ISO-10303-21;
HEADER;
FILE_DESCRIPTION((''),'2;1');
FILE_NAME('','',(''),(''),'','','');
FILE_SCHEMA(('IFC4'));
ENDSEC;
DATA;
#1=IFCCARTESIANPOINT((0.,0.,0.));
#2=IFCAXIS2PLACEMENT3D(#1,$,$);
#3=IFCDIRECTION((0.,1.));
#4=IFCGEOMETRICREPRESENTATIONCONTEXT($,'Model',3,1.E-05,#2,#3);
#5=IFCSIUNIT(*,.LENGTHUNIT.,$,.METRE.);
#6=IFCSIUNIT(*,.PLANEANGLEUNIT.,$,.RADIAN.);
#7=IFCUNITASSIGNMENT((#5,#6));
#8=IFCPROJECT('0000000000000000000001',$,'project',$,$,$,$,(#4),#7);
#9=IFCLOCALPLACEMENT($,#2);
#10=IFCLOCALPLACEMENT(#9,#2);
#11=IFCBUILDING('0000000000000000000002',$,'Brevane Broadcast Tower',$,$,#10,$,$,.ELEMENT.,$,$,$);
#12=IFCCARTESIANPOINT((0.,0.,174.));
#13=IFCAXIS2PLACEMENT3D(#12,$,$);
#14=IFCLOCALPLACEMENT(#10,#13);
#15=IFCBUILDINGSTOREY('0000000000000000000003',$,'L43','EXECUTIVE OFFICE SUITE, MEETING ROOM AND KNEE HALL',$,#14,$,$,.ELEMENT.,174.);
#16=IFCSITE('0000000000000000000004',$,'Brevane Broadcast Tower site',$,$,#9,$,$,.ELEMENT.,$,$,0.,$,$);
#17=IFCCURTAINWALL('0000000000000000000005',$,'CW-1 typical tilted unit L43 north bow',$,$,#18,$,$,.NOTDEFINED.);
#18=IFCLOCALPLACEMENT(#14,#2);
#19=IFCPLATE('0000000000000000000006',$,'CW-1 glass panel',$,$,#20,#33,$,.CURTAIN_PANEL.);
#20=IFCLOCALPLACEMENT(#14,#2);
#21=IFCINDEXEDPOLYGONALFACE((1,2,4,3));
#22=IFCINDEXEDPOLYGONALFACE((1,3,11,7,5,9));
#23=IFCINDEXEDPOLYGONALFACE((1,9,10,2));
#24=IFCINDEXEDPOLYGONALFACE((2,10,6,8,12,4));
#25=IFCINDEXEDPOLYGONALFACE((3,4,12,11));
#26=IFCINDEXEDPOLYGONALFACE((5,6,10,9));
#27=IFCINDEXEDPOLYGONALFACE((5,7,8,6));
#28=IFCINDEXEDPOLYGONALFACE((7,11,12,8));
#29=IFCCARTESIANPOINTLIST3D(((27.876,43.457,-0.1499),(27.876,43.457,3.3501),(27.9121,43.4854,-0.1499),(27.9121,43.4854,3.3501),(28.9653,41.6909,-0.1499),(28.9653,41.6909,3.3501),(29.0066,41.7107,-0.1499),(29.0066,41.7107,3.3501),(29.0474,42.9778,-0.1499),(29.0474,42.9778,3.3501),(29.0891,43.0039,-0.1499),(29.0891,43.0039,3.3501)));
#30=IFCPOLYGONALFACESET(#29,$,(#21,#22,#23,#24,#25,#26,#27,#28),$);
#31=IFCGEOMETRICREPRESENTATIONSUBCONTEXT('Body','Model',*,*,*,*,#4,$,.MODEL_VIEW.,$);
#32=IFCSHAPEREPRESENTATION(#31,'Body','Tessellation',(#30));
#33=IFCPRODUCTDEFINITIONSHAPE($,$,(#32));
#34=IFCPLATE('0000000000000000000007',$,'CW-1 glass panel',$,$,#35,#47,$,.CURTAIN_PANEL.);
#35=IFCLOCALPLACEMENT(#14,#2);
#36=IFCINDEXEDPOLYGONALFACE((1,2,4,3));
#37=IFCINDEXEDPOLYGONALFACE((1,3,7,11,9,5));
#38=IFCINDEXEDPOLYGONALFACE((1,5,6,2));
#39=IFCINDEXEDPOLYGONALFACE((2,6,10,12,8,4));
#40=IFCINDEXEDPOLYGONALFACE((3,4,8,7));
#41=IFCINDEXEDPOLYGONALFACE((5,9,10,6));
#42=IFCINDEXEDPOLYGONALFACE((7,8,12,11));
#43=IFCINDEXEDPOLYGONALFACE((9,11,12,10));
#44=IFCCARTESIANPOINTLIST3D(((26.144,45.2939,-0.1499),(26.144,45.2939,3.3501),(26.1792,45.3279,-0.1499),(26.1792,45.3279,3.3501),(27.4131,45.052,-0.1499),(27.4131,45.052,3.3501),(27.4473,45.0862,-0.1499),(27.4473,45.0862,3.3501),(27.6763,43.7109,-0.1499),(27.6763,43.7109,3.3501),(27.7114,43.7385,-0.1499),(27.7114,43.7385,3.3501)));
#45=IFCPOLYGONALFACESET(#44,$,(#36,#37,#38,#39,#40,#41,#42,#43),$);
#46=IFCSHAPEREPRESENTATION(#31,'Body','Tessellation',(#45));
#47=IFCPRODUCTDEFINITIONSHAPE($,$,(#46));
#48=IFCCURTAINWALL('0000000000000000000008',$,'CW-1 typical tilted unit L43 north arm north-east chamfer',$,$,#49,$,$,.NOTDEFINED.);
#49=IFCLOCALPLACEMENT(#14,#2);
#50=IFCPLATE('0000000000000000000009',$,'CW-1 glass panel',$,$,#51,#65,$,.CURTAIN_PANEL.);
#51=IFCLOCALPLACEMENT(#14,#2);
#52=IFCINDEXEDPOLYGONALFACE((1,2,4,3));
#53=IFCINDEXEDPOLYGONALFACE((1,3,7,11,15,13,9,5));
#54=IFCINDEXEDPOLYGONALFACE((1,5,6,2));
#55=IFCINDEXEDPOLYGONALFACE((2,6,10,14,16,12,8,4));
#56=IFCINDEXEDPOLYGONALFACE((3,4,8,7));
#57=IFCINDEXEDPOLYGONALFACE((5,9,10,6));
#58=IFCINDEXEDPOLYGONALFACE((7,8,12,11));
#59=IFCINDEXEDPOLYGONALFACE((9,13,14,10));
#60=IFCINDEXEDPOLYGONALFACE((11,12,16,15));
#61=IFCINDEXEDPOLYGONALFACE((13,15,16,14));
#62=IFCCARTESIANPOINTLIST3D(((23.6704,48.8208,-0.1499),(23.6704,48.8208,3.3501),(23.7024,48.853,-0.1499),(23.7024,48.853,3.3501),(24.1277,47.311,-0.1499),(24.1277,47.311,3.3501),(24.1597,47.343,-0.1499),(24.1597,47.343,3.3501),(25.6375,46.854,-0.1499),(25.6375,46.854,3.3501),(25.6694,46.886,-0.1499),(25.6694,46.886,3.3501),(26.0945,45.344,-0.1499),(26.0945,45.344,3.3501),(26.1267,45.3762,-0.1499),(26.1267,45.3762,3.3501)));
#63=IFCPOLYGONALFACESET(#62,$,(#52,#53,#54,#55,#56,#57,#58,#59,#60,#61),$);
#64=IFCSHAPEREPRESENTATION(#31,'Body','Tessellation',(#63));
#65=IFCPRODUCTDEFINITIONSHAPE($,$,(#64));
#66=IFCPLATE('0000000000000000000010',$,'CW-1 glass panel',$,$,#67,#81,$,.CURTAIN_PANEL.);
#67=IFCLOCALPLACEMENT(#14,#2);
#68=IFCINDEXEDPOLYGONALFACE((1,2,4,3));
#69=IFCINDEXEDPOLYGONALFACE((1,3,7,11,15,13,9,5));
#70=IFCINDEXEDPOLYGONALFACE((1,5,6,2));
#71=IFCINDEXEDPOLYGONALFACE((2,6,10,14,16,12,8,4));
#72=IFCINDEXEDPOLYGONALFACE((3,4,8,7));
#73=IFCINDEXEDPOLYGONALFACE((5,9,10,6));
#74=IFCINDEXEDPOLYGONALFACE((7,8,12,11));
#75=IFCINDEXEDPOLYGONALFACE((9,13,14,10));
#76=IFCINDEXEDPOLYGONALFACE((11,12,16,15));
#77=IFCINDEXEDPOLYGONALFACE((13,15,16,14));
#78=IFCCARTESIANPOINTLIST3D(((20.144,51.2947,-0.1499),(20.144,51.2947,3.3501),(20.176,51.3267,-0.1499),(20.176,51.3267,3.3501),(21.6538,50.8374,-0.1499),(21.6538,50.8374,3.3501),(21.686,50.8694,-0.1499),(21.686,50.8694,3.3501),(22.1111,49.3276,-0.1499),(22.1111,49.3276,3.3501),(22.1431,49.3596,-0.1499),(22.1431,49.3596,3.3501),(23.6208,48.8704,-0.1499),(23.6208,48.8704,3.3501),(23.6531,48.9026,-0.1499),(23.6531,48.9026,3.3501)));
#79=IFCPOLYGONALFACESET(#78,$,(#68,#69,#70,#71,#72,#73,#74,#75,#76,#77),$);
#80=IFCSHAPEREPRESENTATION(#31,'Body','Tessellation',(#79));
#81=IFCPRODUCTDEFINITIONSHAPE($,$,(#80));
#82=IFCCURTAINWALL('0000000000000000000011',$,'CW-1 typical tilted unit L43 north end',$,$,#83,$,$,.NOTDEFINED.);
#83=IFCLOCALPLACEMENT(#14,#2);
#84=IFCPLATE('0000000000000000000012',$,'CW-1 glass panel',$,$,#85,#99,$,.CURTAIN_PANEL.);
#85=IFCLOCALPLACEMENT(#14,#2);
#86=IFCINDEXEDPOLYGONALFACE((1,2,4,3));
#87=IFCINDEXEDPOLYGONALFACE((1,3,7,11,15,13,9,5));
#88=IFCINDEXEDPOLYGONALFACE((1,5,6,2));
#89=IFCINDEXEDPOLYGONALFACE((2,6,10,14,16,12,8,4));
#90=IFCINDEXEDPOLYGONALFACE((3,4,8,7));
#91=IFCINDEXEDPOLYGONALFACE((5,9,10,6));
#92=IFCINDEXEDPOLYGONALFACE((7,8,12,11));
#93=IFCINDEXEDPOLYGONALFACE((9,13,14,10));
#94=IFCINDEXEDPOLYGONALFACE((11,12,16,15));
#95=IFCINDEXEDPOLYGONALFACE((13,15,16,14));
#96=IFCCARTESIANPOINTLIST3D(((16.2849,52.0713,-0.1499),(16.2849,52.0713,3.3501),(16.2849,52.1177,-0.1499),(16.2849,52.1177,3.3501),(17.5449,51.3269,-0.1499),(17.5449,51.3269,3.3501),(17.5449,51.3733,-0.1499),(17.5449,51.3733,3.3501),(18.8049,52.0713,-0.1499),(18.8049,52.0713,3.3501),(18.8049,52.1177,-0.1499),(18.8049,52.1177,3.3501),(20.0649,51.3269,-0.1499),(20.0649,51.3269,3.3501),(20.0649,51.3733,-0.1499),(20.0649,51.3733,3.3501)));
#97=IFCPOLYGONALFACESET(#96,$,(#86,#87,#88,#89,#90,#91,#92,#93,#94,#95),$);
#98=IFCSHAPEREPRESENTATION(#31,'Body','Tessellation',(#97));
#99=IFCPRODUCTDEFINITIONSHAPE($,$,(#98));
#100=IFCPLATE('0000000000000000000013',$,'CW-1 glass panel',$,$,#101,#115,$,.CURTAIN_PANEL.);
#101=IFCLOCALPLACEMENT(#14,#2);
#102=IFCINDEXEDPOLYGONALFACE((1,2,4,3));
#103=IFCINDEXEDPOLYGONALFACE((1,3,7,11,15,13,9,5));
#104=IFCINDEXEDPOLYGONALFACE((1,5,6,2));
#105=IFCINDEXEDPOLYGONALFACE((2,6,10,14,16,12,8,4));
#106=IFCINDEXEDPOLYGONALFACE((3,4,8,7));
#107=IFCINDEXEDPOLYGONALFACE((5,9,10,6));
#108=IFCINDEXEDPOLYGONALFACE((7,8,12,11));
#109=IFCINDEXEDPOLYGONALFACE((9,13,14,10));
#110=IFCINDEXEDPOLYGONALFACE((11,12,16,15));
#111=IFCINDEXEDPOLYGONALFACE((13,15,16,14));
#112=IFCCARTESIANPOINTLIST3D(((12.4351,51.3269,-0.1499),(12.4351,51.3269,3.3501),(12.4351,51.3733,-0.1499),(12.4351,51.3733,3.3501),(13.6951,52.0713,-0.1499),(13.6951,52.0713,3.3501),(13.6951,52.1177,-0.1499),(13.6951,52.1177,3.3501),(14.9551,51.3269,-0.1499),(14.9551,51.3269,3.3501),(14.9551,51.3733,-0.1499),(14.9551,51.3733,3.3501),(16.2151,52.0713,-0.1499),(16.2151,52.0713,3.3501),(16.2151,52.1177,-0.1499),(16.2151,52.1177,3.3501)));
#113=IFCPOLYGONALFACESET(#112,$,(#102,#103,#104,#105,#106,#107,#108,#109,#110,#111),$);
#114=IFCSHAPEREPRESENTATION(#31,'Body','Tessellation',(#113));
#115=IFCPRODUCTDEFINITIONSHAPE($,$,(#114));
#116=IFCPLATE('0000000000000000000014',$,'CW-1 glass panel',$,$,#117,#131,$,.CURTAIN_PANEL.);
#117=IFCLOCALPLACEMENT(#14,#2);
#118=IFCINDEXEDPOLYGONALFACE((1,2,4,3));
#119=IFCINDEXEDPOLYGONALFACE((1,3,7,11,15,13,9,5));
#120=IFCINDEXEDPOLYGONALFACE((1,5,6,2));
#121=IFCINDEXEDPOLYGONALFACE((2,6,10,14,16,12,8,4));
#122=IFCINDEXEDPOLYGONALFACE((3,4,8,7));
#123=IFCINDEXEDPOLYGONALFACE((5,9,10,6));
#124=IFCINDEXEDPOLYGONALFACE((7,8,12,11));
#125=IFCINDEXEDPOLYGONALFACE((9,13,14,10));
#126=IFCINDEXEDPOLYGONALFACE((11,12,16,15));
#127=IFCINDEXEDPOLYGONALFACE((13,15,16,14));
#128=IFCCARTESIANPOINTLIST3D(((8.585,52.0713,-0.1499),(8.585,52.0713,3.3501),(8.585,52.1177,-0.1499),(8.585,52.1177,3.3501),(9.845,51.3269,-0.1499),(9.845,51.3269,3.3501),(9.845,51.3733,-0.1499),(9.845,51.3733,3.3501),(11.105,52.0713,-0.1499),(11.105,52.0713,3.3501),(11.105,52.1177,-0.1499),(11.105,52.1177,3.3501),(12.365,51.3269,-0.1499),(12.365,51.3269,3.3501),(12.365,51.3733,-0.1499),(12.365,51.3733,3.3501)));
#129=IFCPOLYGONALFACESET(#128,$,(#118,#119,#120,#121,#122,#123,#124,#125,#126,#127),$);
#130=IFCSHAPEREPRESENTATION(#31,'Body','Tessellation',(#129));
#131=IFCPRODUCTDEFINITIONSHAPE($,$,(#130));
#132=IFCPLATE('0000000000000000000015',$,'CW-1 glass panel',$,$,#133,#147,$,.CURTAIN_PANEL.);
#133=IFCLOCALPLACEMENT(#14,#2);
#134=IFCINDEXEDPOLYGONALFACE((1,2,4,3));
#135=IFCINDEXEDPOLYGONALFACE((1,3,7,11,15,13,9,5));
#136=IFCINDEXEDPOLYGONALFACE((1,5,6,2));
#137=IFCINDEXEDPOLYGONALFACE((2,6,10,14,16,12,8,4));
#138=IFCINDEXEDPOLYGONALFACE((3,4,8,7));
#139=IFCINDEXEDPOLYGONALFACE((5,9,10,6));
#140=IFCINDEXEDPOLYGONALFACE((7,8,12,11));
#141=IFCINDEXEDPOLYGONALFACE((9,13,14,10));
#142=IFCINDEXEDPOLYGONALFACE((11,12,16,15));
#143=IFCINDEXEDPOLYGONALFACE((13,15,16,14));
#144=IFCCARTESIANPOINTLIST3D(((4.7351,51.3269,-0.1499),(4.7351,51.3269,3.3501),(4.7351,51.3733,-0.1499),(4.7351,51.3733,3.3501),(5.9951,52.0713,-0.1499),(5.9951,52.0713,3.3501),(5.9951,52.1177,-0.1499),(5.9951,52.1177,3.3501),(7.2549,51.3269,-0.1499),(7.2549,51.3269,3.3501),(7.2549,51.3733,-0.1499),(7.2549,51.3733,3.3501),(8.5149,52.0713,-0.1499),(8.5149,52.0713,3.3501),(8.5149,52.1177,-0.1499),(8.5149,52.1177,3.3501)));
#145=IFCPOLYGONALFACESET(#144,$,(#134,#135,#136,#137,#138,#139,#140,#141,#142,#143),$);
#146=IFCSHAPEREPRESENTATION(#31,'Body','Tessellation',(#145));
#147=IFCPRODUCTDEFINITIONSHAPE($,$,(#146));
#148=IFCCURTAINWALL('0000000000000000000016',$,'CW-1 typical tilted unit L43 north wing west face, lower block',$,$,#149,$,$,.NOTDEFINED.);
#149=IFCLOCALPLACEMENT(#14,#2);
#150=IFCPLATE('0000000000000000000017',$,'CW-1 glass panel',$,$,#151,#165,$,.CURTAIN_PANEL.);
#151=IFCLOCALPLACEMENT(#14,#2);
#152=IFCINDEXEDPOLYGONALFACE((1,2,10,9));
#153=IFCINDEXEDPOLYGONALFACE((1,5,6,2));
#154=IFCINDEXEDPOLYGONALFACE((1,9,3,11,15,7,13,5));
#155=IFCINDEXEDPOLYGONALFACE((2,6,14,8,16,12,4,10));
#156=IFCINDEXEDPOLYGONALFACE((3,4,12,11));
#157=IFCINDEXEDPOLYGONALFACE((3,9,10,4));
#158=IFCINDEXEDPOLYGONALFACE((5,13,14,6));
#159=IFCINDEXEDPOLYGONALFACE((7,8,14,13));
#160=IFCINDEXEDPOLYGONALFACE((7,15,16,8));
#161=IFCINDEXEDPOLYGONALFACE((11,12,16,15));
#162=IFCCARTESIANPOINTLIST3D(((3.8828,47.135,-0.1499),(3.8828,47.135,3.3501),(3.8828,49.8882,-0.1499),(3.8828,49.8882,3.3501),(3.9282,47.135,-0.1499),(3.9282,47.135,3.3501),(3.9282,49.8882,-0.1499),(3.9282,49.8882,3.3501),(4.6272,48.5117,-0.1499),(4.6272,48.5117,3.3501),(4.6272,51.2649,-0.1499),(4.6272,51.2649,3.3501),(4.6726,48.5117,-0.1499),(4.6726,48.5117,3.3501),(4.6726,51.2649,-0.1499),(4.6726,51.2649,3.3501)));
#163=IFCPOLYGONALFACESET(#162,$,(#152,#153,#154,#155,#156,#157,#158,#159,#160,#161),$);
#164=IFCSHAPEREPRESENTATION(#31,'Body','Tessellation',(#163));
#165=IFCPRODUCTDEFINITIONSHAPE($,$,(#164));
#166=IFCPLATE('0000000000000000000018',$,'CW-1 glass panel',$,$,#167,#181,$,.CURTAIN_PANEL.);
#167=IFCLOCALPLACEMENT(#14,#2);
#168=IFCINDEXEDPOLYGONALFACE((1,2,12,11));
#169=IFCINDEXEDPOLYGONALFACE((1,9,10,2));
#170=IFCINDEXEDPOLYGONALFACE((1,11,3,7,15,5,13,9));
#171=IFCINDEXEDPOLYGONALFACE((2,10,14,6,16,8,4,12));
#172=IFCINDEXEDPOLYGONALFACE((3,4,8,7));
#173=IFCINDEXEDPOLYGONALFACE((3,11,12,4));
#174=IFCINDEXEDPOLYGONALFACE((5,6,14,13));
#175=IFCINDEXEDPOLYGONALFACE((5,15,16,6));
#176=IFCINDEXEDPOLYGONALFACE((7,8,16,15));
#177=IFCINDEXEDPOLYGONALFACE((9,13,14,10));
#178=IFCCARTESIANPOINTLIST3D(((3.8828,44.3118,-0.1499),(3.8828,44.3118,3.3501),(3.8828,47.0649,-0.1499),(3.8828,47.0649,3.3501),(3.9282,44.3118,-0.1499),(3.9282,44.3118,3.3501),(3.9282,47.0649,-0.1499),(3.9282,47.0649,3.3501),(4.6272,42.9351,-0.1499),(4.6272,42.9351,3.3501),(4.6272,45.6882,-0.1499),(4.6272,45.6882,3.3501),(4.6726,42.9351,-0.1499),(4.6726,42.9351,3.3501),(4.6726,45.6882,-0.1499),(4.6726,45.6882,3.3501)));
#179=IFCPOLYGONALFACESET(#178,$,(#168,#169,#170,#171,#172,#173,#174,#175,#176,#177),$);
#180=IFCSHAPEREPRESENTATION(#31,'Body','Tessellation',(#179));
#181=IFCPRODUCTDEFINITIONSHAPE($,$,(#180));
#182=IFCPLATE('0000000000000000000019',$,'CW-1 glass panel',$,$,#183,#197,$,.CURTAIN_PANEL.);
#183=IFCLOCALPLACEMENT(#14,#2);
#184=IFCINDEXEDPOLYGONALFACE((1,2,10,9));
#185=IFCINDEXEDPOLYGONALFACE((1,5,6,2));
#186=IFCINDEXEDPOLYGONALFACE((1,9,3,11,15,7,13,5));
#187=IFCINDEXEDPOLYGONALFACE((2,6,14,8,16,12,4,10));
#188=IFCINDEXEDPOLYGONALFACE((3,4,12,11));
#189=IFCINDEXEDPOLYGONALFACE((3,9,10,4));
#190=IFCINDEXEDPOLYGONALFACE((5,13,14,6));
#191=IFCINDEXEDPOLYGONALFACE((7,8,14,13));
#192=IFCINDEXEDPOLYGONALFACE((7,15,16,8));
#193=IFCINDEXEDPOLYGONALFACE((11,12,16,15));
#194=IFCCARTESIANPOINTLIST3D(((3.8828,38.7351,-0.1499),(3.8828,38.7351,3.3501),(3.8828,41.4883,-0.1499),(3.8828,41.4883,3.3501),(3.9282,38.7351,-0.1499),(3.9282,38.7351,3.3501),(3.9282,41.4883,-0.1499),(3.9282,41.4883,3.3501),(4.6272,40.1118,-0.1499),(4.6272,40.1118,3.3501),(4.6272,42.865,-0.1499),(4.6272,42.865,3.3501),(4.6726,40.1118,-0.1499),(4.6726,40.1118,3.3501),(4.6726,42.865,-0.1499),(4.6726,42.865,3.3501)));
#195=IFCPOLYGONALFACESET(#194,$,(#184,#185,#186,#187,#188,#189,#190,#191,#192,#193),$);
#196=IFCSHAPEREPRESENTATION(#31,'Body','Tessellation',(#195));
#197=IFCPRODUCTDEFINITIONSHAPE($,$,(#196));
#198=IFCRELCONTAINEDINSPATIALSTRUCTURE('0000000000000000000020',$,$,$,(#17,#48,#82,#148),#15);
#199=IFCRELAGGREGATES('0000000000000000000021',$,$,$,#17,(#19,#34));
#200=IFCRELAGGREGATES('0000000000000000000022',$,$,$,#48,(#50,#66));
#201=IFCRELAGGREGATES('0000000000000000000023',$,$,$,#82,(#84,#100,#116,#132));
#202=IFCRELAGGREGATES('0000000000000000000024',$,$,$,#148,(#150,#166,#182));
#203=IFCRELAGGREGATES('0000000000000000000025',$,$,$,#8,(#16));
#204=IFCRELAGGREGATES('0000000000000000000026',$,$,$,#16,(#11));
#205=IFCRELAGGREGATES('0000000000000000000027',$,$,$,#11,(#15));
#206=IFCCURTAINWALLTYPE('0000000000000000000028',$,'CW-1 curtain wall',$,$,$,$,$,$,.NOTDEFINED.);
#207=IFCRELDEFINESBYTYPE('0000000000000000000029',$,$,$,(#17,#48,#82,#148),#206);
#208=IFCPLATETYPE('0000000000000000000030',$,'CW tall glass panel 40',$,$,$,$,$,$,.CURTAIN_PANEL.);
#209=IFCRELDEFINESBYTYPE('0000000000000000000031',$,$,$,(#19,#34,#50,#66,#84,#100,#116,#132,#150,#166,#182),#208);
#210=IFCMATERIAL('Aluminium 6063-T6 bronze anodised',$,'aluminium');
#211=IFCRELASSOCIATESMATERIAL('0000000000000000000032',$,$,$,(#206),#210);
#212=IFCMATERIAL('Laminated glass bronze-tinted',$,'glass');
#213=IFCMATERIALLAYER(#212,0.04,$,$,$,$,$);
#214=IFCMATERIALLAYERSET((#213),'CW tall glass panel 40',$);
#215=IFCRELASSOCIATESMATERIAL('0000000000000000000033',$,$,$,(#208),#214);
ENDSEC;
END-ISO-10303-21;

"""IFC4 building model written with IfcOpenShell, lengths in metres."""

from ifc_helpers import new_model, si_unit, direction, frame, origin, place, context, subcontext, project, spatial, polyline, outline, extrude, material, layer, layer_set, type_object, element, aggregate, save


model = new_model("IFC4")

# Units and contexts
model_context = context("Model", 3, precision=1e-05, world=origin(), true_north=direction((0.0, 1.0)))
body_context = subcontext(model_context, "Body", "Model", "MODEL_VIEW")
ifc_project = project(units=[si_unit("LENGTHUNIT", "METRE"), si_unit("PLANEANGLEUNIT", "RADIAN")], contexts=[model_context])

# Site, building, storey
site_placement = place(None, origin())
site = spatial("IfcSite", under=ifc_project, at=site_placement, Name="Brevane Broadcast Tower site", CompositionType="ELEMENT", RefElevation=0.0)
building_placement = place(site_placement, origin())
building = spatial("IfcBuilding", under=site, at=building_placement, Name="Brevane Broadcast Tower", CompositionType="ELEMENT")
storey_placement = place(building_placement, frame((0.0, 0.0, 174.0)))
storey = spatial("IfcBuildingStorey", under=building, at=storey_placement, Name="L43", Description="EXECUTIVE OFFICE SUITE, MEETING ROOM AND KNEE HALL", CompositionType="ELEMENT", Elevation=174.0)

# Curtain walls, plates
ifc_material_1 = material(Name="Aluminium 6063-T6 bronze anodised", Category="aluminium")
curtain_wall_type = type_object("IfcCurtainWallType", Name="CW-1 curtain wall", PredefinedType="NOTDEFINED", material=ifc_material_1)
ifc_material_2 = material(Name="Laminated glass bronze-tinted", Category="glass")
ifc_layer = layer(ifc_material_2, 0.04)
ifc_layer_set = layer_set([ifc_layer], Name="CW tall glass panel 40")
plate_type = type_object("IfcPlateType", Name="CW tall glass panel 40", PredefinedType="CURTAIN_PANEL", material=ifc_layer_set)
curtain_wall_1_placement = place(storey_placement, origin())
curtain_wall_1 = element("IfcCurtainWall", 1, at=curtain_wall_1_placement, inside=storey, type_object=curtain_wall_type, Name="CW-1 typical tilted unit L43 north bow", PredefinedType="NOTDEFINED")
plate_1_placement = place(storey_placement, frame((0.0, 0.0, -0.1499)))
plate_1 = element("IfcPlate", 2, at=plate_1_placement, type_object=plate_type, Name="CW-1 glass panel", PredefinedType="CURTAIN_PANEL", context=body_context, shape_type="SweptSolid", body=[
    extrude(outline(polyline([(28.9653, 41.6909), (29.0066, 41.7107), (29.0891, 43.0039), (27.9121, 43.4854), (27.876, 43.457), (29.0474, 42.9778), (28.9653, 41.6909)])), origin(), (0.0, 0.0, 1.0), 3.5),
])
plate_2_placement = place(storey_placement, frame((0.0, 0.0, -0.1499)))
plate_2 = element("IfcPlate", 3, at=plate_2_placement, type_object=plate_type, Name="CW-1 glass panel", PredefinedType="CURTAIN_PANEL", context=body_context, shape_type="SweptSolid", body=[
    extrude(outline(polyline([(27.6763, 43.7109), (27.7114, 43.7385), (27.4473, 45.0862), (26.1792, 45.3279), (26.144, 45.2939), (27.4131, 45.052), (27.6763, 43.7109)])), origin(), (0.0, 0.0, 1.0), 3.5),
])
aggregate(curtain_wall_1, [plate_1, plate_2])
curtain_wall_2_placement = place(storey_placement, origin())
curtain_wall_2 = element("IfcCurtainWall", 4, at=curtain_wall_2_placement, inside=storey, type_object=curtain_wall_type, Name="CW-1 typical tilted unit L43 north arm north-east chamfer", PredefinedType="NOTDEFINED")
plate_3_placement = place(storey_placement, frame((0.0, 0.0, -0.1499)))
plate_3 = element("IfcPlate", 5, at=plate_3_placement, type_object=plate_type, Name="CW-1 glass panel", PredefinedType="CURTAIN_PANEL", context=body_context, shape_type="SweptSolid", body=[
    extrude(outline(polyline([(26.0945, 45.344), (26.1267, 45.3762), (25.6694, 46.886), (24.1597, 47.343), (23.7024, 48.853), (23.6704, 48.8208), (24.1277, 47.311), (25.6375, 46.854), (26.0945, 45.344)])), origin(), (0.0, 0.0, 1.0), 3.5),
])
plate_4_placement = place(storey_placement, frame((0.0, 0.0, -0.1499)))
plate_4 = element("IfcPlate", 6, at=plate_4_placement, type_object=plate_type, Name="CW-1 glass panel", PredefinedType="CURTAIN_PANEL", context=body_context, shape_type="SweptSolid", body=[
    extrude(outline(polyline([(23.6208, 48.8704), (23.6531, 48.9026), (22.1431, 49.3596), (21.686, 50.8694), (20.176, 51.3267), (20.144, 51.2947), (21.6538, 50.8374), (22.1111, 49.3276), (23.6208, 48.8704)])), origin(), (0.0, 0.0, 1.0), 3.5),
])
aggregate(curtain_wall_2, [plate_3, plate_4])
curtain_wall_3_placement = place(storey_placement, origin())
curtain_wall_3 = element("IfcCurtainWall", 7, at=curtain_wall_3_placement, inside=storey, type_object=curtain_wall_type, Name="CW-1 typical tilted unit L43 north end", PredefinedType="NOTDEFINED")
plate_5_placement = place(storey_placement, frame((0.0, 0.0, -0.1499)))
plate_5 = element("IfcPlate", 8, at=plate_5_placement, type_object=plate_type, Name="CW-1 glass panel", PredefinedType="CURTAIN_PANEL", context=body_context, shape_type="SweptSolid", body=[
    extrude(outline(polyline([(20.0649, 51.3269), (20.0649, 51.3733), (18.8049, 52.1177), (17.5449, 51.3733), (16.2849, 52.1177), (16.2849, 52.0713), (17.5449, 51.3269), (18.8049, 52.0713), (20.0649, 51.3269)])), origin(), (0.0, 0.0, 1.0), 3.5),
])
plate_6_placement = place(storey_placement, frame((0.0, 0.0, -0.1499)))
plate_6 = element("IfcPlate", 9, at=plate_6_placement, type_object=plate_type, Name="CW-1 glass panel", PredefinedType="CURTAIN_PANEL", context=body_context, shape_type="SweptSolid", body=[
    extrude(outline(polyline([(16.2151, 52.0713), (16.2151, 52.1177), (14.9551, 51.3733), (13.6951, 52.1177), (12.4351, 51.3733), (12.4351, 51.3269), (13.6951, 52.0713), (14.9551, 51.3269), (16.2151, 52.0713)])), origin(), (0.0, 0.0, 1.0), 3.5),
])
plate_7_placement = place(storey_placement, frame((0.0, 0.0, -0.1499)))
plate_7 = element("IfcPlate", 10, at=plate_7_placement, type_object=plate_type, Name="CW-1 glass panel", PredefinedType="CURTAIN_PANEL", context=body_context, shape_type="SweptSolid", body=[
    extrude(outline(polyline([(12.365, 51.3269), (12.365, 51.3733), (11.105, 52.1177), (9.845, 51.3733), (8.585, 52.1177), (8.585, 52.0713), (9.845, 51.3269), (11.105, 52.0713), (12.365, 51.3269)])), origin(), (0.0, 0.0, 1.0), 3.5),
])
plate_8_placement = place(storey_placement, frame((0.0, 0.0, -0.1499)))
plate_8 = element("IfcPlate", 11, at=plate_8_placement, type_object=plate_type, Name="CW-1 glass panel", PredefinedType="CURTAIN_PANEL", context=body_context, shape_type="SweptSolid", body=[
    extrude(outline(polyline([(8.5149, 52.0713), (8.5149, 52.1177), (7.2549, 51.3733), (5.9951, 52.1177), (4.7351, 51.3733), (4.7351, 51.3269), (5.9951, 52.0713), (7.2549, 51.3269), (8.5149, 52.0713)])), origin(), (0.0, 0.0, 1.0), 3.5),
])
aggregate(curtain_wall_3, [plate_5, plate_6, plate_7, plate_8])
curtain_wall_4_placement = place(storey_placement, origin())
curtain_wall_4 = element("IfcCurtainWall", 12, at=curtain_wall_4_placement, inside=storey, type_object=curtain_wall_type, Name="CW-1 typical tilted unit L43 north wing west face, lower block", PredefinedType="NOTDEFINED")
plate_9_placement = place(storey_placement, frame((0.0, 0.0, -0.1499)))
plate_9 = element("IfcPlate", 13, at=plate_9_placement, type_object=plate_type, Name="CW-1 glass panel", PredefinedType="CURTAIN_PANEL", context=body_context, shape_type="SweptSolid", body=[
    extrude(outline(polyline([(4.6726, 51.2649), (4.6272, 51.2649), (3.8828, 49.8882), (4.6272, 48.5117), (3.8828, 47.135), (3.9282, 47.135), (4.6726, 48.5117), (3.9282, 49.8882), (4.6726, 51.2649)])), origin(), (0.0, 0.0, 1.0), 3.5),
])
plate_10_placement = place(storey_placement, frame((0.0, 0.0, -0.1499)))
plate_10 = element("IfcPlate", 14, at=plate_10_placement, type_object=plate_type, Name="CW-1 glass panel", PredefinedType="CURTAIN_PANEL", context=body_context, shape_type="SweptSolid", body=[
    extrude(outline(polyline([(3.9282, 47.0649), (3.8828, 47.0649), (4.6272, 45.6882), (3.8828, 44.3118), (4.6272, 42.9351), (4.6726, 42.9351), (3.9282, 44.3118), (4.6726, 45.6882), (3.9282, 47.0649)])), origin(), (0.0, 0.0, 1.0), 3.5),
])
plate_11_placement = place(storey_placement, frame((0.0, 0.0, -0.1499)))
plate_11 = element("IfcPlate", 15, at=plate_11_placement, type_object=plate_type, Name="CW-1 glass panel", PredefinedType="CURTAIN_PANEL", context=body_context, shape_type="SweptSolid", body=[
    extrude(outline(polyline([(4.6726, 42.865), (4.6272, 42.865), (3.8828, 41.4883), (4.6272, 40.1118), (3.8828, 38.7351), (3.9282, 38.7351), (4.6726, 40.1118), (3.9282, 41.4883), (4.6726, 42.865)])), origin(), (0.0, 0.0, 1.0), 3.5),
])
aggregate(curtain_wall_4, [plate_9, plate_10, plate_11])

save(model, "model.ifc")
